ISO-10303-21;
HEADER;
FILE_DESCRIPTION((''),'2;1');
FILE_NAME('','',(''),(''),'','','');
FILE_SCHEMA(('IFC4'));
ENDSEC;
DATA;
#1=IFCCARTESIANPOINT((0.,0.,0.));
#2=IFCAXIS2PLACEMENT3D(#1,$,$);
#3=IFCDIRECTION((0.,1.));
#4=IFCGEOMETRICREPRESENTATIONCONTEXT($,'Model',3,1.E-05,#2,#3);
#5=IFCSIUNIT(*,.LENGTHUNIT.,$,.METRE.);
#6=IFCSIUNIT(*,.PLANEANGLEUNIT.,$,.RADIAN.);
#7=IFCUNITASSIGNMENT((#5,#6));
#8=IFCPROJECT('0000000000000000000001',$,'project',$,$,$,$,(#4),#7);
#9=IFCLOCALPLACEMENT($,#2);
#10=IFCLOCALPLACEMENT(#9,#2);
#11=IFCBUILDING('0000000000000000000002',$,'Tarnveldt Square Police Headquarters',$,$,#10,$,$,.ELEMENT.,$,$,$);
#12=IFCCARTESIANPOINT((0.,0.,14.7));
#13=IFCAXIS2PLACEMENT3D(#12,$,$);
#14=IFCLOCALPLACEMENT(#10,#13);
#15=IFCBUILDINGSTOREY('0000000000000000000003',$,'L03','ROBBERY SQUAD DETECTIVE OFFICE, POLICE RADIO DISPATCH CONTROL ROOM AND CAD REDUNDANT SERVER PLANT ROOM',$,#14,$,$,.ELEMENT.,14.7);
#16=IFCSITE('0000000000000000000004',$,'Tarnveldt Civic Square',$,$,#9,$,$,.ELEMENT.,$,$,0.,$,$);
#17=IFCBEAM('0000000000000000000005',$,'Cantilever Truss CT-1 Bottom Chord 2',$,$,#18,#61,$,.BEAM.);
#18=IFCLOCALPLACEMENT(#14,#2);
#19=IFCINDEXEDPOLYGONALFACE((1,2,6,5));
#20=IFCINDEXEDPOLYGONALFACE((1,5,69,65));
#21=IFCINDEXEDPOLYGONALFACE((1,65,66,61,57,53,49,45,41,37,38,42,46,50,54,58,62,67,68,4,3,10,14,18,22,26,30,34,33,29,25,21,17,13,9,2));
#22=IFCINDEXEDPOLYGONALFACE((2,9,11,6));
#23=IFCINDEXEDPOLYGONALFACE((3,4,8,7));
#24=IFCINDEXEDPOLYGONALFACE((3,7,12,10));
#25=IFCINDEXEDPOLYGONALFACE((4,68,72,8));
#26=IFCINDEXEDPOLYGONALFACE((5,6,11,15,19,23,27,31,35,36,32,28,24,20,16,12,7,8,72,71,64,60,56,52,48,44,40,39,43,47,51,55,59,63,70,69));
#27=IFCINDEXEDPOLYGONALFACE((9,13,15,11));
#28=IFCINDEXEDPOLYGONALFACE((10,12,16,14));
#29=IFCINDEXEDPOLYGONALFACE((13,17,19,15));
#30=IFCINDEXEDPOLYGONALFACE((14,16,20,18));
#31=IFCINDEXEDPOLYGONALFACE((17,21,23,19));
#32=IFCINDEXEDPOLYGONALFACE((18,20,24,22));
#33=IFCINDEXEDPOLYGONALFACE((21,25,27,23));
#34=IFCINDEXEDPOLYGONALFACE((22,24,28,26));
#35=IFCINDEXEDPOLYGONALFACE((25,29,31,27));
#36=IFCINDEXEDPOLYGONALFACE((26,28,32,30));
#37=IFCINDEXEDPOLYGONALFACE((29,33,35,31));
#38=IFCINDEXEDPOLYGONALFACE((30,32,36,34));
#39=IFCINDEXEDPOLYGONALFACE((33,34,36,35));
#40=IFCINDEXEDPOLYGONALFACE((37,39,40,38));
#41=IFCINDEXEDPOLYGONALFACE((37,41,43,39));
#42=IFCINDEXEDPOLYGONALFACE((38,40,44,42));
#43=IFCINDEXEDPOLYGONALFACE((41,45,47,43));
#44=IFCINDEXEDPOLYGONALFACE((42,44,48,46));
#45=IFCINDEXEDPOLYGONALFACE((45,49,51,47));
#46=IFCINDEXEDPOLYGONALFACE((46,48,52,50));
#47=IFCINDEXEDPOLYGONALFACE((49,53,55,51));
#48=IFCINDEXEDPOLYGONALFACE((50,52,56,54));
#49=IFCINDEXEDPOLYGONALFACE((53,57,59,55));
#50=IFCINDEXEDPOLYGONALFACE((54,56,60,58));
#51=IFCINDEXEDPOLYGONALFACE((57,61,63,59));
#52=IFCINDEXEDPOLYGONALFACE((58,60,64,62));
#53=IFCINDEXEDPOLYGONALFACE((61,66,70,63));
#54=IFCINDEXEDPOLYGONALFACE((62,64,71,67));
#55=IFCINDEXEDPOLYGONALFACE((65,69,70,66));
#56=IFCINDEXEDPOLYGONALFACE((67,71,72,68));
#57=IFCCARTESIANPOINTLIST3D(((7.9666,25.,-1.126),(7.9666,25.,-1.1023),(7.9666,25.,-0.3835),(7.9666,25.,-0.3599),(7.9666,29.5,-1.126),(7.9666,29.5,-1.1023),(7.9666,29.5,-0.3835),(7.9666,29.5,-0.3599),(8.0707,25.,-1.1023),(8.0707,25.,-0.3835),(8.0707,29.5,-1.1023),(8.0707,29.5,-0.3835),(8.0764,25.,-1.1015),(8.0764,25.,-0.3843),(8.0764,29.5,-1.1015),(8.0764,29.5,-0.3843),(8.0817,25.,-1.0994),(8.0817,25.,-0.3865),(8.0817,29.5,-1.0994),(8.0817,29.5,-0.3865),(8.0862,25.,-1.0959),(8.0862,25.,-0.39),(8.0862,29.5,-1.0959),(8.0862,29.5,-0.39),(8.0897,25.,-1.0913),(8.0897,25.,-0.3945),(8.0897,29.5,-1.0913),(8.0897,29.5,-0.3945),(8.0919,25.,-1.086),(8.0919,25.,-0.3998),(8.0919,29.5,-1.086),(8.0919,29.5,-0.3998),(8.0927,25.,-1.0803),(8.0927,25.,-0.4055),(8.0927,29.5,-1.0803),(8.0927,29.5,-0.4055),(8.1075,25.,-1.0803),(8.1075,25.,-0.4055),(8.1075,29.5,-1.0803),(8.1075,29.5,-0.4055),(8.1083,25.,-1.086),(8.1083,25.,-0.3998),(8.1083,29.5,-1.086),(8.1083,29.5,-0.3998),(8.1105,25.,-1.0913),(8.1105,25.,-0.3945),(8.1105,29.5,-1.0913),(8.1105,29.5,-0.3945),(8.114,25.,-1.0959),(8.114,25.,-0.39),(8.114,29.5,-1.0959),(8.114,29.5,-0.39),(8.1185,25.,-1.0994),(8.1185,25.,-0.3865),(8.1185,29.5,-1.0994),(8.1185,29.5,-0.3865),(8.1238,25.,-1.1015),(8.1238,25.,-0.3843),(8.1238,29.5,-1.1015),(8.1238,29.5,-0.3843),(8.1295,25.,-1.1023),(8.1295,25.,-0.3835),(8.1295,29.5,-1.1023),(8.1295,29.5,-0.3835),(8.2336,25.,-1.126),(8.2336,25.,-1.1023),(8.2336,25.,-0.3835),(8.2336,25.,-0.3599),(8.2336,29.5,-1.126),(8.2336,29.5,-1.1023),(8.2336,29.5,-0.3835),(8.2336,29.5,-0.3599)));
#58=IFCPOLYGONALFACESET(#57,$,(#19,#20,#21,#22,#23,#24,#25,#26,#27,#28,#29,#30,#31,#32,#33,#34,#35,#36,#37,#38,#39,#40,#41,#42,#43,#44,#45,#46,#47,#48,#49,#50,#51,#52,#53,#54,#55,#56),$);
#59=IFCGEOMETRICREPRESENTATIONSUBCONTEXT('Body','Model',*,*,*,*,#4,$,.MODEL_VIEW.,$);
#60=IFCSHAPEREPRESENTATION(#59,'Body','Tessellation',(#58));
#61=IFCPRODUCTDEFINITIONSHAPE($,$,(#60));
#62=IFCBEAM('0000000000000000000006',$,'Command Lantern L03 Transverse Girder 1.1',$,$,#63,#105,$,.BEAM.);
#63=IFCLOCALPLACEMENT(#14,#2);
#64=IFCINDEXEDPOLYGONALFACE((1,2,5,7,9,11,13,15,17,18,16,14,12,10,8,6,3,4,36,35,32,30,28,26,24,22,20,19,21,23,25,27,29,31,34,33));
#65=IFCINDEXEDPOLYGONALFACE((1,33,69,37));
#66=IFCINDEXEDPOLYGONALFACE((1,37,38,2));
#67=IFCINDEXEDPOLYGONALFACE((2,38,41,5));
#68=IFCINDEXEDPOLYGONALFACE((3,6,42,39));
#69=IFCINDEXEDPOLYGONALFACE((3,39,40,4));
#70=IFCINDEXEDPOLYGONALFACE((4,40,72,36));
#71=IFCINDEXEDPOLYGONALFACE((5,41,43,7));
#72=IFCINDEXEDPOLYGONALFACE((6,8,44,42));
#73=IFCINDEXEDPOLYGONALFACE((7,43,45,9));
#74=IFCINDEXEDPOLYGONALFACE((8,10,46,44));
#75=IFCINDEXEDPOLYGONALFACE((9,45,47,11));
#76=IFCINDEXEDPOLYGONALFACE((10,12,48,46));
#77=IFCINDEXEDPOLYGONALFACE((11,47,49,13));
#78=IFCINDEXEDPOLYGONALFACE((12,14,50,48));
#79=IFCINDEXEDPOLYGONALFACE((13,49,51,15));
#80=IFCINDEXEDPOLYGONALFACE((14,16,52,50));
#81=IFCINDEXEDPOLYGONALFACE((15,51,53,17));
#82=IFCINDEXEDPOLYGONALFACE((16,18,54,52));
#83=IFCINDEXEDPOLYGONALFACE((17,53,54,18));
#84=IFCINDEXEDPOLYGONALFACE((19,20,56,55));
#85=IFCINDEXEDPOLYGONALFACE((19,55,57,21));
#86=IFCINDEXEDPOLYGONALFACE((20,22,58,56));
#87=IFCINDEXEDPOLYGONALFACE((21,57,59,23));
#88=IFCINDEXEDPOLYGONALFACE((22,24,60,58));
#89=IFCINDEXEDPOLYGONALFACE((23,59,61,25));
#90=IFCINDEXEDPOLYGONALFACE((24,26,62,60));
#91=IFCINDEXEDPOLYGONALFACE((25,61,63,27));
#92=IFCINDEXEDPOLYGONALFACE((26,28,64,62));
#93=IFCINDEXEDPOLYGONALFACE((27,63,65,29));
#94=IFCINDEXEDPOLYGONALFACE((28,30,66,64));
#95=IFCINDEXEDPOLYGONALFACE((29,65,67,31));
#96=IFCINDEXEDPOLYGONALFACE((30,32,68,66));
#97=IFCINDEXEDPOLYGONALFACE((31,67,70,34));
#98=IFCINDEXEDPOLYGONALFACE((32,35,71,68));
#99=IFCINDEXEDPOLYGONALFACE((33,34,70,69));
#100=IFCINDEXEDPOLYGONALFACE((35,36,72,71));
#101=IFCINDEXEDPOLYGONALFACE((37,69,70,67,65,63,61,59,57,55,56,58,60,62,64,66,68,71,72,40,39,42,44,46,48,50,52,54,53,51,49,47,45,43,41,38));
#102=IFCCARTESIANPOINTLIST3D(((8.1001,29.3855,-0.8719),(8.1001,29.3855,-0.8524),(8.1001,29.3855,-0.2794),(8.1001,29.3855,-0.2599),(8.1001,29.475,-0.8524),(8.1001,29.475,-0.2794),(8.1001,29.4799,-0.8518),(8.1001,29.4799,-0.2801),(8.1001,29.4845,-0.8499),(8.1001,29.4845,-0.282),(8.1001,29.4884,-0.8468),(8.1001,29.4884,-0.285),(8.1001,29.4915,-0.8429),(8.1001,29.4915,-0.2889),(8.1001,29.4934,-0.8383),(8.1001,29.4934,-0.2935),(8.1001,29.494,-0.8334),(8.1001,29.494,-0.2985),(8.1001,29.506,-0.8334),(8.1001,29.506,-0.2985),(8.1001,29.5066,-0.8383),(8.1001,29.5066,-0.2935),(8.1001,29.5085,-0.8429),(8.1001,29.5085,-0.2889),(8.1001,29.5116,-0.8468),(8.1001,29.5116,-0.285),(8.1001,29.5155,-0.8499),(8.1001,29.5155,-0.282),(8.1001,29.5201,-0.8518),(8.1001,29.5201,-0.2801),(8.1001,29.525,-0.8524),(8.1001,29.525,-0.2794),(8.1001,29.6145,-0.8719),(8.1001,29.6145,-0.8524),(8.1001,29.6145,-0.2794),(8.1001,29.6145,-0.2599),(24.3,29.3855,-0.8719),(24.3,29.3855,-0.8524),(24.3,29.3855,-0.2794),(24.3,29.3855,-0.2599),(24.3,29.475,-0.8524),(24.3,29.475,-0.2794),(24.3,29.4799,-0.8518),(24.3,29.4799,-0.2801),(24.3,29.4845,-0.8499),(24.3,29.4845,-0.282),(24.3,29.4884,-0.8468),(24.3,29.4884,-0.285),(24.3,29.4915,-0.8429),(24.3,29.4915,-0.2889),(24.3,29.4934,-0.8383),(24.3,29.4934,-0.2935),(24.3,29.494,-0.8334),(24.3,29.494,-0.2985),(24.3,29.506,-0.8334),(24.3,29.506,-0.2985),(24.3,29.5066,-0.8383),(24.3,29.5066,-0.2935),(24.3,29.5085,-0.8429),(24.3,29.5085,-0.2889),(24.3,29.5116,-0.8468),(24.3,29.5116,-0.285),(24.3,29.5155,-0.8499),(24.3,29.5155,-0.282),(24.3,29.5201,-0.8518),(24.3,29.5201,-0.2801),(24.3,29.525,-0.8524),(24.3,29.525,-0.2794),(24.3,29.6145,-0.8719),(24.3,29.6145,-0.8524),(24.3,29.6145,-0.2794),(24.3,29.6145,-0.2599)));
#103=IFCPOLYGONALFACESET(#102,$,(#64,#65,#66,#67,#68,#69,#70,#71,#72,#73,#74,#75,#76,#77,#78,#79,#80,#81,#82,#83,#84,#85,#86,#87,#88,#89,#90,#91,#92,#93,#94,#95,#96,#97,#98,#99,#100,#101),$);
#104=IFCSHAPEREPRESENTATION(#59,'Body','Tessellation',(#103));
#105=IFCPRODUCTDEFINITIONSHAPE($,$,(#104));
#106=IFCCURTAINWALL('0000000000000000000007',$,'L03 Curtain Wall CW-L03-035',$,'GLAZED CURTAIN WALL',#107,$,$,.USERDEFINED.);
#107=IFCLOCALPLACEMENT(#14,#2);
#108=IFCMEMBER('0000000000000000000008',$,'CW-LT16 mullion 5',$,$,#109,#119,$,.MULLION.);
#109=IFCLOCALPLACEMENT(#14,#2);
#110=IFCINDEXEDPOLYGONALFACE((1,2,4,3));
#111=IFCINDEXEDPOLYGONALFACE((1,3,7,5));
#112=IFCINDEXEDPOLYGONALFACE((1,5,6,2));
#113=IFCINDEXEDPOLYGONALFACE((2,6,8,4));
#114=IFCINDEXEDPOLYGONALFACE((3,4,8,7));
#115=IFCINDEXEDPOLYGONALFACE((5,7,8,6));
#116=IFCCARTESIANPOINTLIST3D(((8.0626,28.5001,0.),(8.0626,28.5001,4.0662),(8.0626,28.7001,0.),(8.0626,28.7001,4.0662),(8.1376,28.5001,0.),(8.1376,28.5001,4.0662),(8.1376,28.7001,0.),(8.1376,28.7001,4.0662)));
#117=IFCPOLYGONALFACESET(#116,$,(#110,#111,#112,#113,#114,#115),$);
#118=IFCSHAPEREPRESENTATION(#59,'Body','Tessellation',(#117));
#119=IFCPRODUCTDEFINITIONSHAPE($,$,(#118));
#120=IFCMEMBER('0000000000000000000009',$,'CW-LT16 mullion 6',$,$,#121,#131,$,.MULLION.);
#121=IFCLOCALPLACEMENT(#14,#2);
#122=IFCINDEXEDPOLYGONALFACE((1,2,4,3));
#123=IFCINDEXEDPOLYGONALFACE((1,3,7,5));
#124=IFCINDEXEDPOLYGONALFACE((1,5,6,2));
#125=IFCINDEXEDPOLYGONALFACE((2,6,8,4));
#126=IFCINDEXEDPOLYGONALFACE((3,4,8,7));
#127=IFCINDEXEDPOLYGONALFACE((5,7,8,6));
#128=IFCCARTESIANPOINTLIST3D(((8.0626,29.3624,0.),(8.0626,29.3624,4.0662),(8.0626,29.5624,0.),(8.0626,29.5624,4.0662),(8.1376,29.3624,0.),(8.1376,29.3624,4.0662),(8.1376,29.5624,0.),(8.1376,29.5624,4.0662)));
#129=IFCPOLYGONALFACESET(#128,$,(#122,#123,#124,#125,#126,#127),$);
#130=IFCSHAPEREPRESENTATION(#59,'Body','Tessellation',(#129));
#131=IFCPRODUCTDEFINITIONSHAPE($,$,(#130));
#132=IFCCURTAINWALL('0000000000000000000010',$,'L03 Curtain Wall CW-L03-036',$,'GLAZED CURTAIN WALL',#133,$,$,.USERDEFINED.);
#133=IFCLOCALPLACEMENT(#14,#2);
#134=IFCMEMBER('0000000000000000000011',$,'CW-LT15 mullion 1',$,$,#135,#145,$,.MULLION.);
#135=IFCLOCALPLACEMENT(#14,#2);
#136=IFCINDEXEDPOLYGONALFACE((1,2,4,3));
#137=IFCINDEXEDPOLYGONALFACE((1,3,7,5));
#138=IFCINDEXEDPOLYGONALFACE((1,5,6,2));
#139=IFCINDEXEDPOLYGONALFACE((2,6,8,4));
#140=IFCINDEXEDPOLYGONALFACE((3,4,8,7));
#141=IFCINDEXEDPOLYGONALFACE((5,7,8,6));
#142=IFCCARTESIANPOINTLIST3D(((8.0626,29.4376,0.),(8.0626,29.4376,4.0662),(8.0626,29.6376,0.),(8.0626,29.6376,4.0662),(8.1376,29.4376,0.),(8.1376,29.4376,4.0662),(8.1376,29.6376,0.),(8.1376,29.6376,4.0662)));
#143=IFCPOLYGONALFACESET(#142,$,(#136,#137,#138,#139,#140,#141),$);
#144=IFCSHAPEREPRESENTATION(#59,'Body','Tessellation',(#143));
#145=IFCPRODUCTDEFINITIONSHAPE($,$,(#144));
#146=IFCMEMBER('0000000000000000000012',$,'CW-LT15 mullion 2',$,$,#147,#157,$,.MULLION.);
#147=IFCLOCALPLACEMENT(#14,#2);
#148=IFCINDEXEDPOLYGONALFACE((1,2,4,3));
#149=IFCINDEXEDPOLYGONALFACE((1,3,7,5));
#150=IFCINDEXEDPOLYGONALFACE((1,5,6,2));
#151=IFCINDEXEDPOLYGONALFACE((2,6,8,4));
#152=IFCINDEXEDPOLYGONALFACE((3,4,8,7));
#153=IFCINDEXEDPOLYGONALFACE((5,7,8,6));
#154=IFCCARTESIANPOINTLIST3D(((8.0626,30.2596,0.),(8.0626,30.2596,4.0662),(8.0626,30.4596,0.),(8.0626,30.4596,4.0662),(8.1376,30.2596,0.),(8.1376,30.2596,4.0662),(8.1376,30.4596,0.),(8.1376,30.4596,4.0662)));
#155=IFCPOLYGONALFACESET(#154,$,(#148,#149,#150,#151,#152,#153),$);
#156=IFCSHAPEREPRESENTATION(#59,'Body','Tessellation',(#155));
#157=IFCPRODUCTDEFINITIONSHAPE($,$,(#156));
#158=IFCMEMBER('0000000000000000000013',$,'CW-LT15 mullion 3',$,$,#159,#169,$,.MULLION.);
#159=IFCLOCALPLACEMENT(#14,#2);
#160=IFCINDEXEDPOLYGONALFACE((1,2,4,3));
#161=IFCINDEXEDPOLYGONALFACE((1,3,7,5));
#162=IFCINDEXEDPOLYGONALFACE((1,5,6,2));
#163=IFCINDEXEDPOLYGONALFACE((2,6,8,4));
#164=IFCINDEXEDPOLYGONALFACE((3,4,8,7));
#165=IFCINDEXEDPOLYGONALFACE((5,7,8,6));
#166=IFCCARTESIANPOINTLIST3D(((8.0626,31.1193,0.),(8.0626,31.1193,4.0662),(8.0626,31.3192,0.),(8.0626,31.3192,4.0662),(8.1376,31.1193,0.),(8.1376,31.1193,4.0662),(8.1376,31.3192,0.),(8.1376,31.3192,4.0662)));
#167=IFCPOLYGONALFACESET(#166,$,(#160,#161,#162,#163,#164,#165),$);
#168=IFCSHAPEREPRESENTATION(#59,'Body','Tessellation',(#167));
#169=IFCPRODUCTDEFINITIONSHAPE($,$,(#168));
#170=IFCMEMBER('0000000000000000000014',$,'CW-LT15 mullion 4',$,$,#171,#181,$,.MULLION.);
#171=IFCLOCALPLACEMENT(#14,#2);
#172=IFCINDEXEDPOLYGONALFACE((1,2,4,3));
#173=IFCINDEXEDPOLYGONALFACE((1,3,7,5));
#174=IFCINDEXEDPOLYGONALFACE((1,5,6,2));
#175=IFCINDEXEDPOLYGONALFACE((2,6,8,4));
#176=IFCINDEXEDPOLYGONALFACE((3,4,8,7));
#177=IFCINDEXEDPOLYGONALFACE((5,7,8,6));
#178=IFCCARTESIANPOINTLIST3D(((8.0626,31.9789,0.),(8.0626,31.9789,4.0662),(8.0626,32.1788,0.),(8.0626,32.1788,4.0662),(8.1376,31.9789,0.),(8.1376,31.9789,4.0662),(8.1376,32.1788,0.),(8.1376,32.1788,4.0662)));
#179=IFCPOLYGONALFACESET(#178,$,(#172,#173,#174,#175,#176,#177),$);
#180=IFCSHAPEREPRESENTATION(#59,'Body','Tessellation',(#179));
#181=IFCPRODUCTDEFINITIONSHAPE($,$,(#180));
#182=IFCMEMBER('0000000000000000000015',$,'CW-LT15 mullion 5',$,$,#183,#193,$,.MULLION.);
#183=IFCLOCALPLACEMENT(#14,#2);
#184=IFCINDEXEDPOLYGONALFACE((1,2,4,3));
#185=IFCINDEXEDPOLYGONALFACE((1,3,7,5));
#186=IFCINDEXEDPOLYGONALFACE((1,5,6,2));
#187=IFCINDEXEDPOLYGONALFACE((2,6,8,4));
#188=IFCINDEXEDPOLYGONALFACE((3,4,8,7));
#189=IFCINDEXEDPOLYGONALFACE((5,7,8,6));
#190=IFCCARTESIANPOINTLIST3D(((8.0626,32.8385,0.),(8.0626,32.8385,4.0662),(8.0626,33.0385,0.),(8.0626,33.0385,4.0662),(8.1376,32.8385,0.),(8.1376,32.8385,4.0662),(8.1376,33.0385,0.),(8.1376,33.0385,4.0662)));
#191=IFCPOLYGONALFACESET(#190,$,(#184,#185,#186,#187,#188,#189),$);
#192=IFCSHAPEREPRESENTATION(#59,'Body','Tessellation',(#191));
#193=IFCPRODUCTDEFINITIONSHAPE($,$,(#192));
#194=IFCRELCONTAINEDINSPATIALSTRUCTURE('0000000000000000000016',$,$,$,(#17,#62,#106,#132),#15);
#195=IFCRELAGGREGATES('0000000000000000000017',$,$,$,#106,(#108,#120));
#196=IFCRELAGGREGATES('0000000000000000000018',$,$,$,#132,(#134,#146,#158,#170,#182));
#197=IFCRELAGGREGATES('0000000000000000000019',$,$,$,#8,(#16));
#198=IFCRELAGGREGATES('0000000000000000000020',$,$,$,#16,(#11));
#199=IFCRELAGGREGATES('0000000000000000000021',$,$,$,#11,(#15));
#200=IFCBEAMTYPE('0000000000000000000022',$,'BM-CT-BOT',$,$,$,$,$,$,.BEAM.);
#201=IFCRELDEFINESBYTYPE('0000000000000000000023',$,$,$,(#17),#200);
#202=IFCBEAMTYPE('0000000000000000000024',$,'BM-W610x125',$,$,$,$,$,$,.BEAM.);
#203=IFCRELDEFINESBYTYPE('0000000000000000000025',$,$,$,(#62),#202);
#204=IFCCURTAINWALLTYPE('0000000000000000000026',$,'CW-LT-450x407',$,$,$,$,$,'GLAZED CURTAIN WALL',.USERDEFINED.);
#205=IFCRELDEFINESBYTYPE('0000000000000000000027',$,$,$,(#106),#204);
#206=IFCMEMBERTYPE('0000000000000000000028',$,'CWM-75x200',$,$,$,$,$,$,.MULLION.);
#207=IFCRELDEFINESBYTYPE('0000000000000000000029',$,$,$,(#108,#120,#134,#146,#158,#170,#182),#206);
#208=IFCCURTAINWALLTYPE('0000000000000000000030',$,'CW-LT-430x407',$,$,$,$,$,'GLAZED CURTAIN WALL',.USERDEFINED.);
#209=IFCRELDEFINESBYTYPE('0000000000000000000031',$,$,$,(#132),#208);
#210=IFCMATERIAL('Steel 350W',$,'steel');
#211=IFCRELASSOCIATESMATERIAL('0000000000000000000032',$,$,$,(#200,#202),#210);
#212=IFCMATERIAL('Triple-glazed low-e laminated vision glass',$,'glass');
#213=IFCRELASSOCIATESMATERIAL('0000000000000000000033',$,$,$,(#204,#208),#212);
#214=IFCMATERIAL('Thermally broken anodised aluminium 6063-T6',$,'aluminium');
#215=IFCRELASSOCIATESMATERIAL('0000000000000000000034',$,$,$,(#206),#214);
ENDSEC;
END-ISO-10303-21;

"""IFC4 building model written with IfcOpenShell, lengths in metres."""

from ifc_helpers import new_model, si_unit, direction, frame, origin, origin_2d, place, context, subcontext, project, spatial, rectangle, i_section, extrude, material, material_profile, profile_set, type_object, element, aggregate, save


model = new_model("IFC4")

# Units and contexts
model_context = context("Model", 3, precision=1e-05, world=origin(), true_north=direction((0.0, 1.0)))
body_context = subcontext(model_context, "Body", "Model", "MODEL_VIEW")
ifc_project = project(units=[si_unit("LENGTHUNIT", "METRE"), si_unit("PLANEANGLEUNIT", "RADIAN")], contexts=[model_context])

# Site, building, storey
site_placement = place(None, origin())
site = spatial("IfcSite", under=ifc_project, at=site_placement, Name="Tarnveldt Civic Square", CompositionType="ELEMENT", RefElevation=0.0)
building_placement = place(site_placement, origin())
building = spatial("IfcBuilding", under=site, at=building_placement, Name="Tarnveldt Square Police Headquarters", CompositionType="ELEMENT")
storey_placement = place(building_placement, frame((0.0, 0.0, 14.7)))
storey = spatial("IfcBuildingStorey", under=building, at=storey_placement, Name="L03", Description="ROBBERY SQUAD DETECTIVE OFFICE, POLICE RADIO DISPATCH CONTROL ROOM AND CAD REDUNDANT SERVER PLANT ROOM", CompositionType="ELEMENT", Elevation=14.7)

# Beams
ifc_material_1 = material(Name="Steel 350W", Category="steel")
ifc_material_profile_1 = material_profile(ifc_material_1, i_section(OverallWidth=0.2671, OverallDepth=0.7661, WebThickness=0.0149, FlangeThickness=0.0237, FilletRadius=0.022, at=origin_2d()), Name="W760x185")
ifc_profile_set_1 = profile_set([ifc_material_profile_1], Name="Steel 350W")
beam_type_1 = type_object("IfcBeamType", Name="BM-CT-BOT", PredefinedType="BEAM", material=ifc_profile_set_1)
beam_1_placement = place(storey_placement, frame((8.1001, 29.5, -0.7429), z_axis=(0.0, -1.0, 0.0), x_axis=(1.0, 0.0, 0.0)))
element("IfcBeam", 1, at=beam_1_placement, inside=storey, type_object=beam_type_1, Name="Cantilever Truss CT-1 Bottom Chord 2", PredefinedType="BEAM", context=body_context, shape_type="SweptSolid", body=[
    extrude(i_section(OverallWidth=0.2671, OverallDepth=0.7661, WebThickness=0.0149, FlangeThickness=0.0237, FilletRadius=0.022, at=origin_2d()), origin(), (0.0, 0.0, 1.0), 4.5),
])
ifc_material_profile_2 = material_profile(ifc_material_1, i_section(OverallWidth=0.229, OverallDepth=0.6121, WebThickness=0.012, FlangeThickness=0.0195, FilletRadius=0.019, at=origin_2d()), Name="W610x125")
ifc_profile_set_2 = profile_set([ifc_material_profile_2], Name="Steel 350W")
beam_type_2 = type_object("IfcBeamType", Name="BM-W610x125", PredefinedType="BEAM", material=ifc_profile_set_2)
beam_2_placement = place(storey_placement, frame((8.1001, 29.5, -0.5659), z_axis=(1.0, 0.0, 0.0), x_axis=(0.0, 1.0, 0.0)))
element("IfcBeam", 2, at=beam_2_placement, inside=storey, type_object=beam_type_2, Name="Command Lantern L03 Transverse Girder 1.1", PredefinedType="BEAM", context=body_context, shape_type="SweptSolid", body=[
    extrude(i_section(OverallWidth=0.229, OverallDepth=0.6121, WebThickness=0.012, FlangeThickness=0.0195, FilletRadius=0.019, at=origin_2d()), origin(), (0.0, 0.0, 1.0), 16.2),
])

# Curtain walls, members
ifc_material_2 = material(Name="Triple-glazed low-e laminated vision glass", Category="glass")
curtain_wall_type_1 = type_object("IfcCurtainWallType", Name="CW-LT-450x407", ElementType="GLAZED CURTAIN WALL", PredefinedType="USERDEFINED", material=ifc_material_2)
curtain_wall_1_placement = place(storey_placement, origin())
curtain_wall_1 = element("IfcCurtainWall", 3, at=curtain_wall_1_placement, inside=storey, type_object=curtain_wall_type_1, Name="L03 Curtain Wall CW-L03-035", ObjectType="GLAZED CURTAIN WALL", PredefinedType="USERDEFINED")
ifc_material_3 = material(Name="Thermally broken anodised aluminium 6063-T6", Category="aluminium")
ifc_material_profile_3 = material_profile(ifc_material_3, rectangle(XDim=0.075, YDim=0.2, at=origin_2d()), Name="CW-M75x200")
ifc_profile_set_3 = profile_set([ifc_material_profile_3], Name="Thermally broken anodised aluminium 6063-T6")
member_type_1 = type_object("IfcMemberType", Name="CWM-75x200", PredefinedType="MULLION", material=ifc_profile_set_3)
member_1_placement = place(storey_placement, frame((8.1001, 28.6001, 0.0), z_axis=(0.0, 0.0, 1.0), x_axis=(-1.0, 0.0, 0.0)))
member_1 = element("IfcMember", 4, at=member_1_placement, type_object=member_type_1, Name="CW-LT16 mullion 5", PredefinedType="MULLION", context=body_context, shape_type="SweptSolid", body=[
    extrude(rectangle(XDim=0.075, YDim=0.2, at=origin_2d()), origin(), (0.0, 0.0, 1.0), 4.0662),
])
member_2_placement = place(storey_placement, frame((8.1001, 29.4624, 0.0), z_axis=(0.0, 0.0, 1.0), x_axis=(-1.0, 0.0, 0.0)))
member_2 = element("IfcMember", 5, at=member_2_placement, type_object=member_type_1, Name="CW-LT16 mullion 6", PredefinedType="MULLION", context=body_context, shape_type="SweptSolid", body=[
    extrude(rectangle(XDim=0.075, YDim=0.2, at=origin_2d()), origin(), (0.0, 0.0, 1.0), 4.0662),
])
curtain_wall_type_2 = type_object("IfcCurtainWallType", Name="CW-LT-430x407", ElementType="GLAZED CURTAIN WALL", PredefinedType="USERDEFINED", material=ifc_material_2)
curtain_wall_2_placement = place(storey_placement, origin())
curtain_wall_2 = element("IfcCurtainWall", 6, at=curtain_wall_2_placement, inside=storey, type_object=curtain_wall_type_2, Name="L03 Curtain Wall CW-L03-036", ObjectType="GLAZED CURTAIN WALL", PredefinedType="USERDEFINED")
member_3_placement = place(storey_placement, frame((8.1001, 29.5376, 0.0), z_axis=(0.0, 0.0, 1.0), x_axis=(-1.0, 0.0, 0.0)))
member_3 = element("IfcMember", 7, at=member_3_placement, type_object=member_type_1, Name="CW-LT15 mullion 1", PredefinedType="MULLION", context=body_context, shape_type="SweptSolid", body=[
    extrude(rectangle(XDim=0.075, YDim=0.2, at=origin_2d()), origin(), (0.0, 0.0, 1.0), 4.0662),
])
member_4_placement = place(storey_placement, frame((8.1001, 30.3596, 0.0), z_axis=(0.0, 0.0, 1.0), x_axis=(-1.0, 0.0, 0.0)))
member_4 = element("IfcMember", 8, at=member_4_placement, type_object=member_type_1, Name="CW-LT15 mullion 2", PredefinedType="MULLION", context=body_context, shape_type="SweptSolid", body=[
    extrude(rectangle(XDim=0.075, YDim=0.2, at=origin_2d()), origin(), (0.0, 0.0, 1.0), 4.0662),
])
member_5_placement = place(storey_placement, frame((8.1001, 31.2192, 0.0), z_axis=(0.0, 0.0, 1.0), x_axis=(-1.0, 0.0, 0.0)))
member_5 = element("IfcMember", 9, at=member_5_placement, type_object=member_type_1, Name="CW-LT15 mullion 3", PredefinedType="MULLION", context=body_context, shape_type="SweptSolid", body=[
    extrude(rectangle(XDim=0.075, YDim=0.2, at=origin_2d()), origin(), (0.0, 0.0, 1.0), 4.0662),
])
member_6_placement = place(storey_placement, frame((8.1001, 32.0789, 0.0), z_axis=(0.0, 0.0, 1.0), x_axis=(-1.0, 0.0, 0.0)))
member_6 = element("IfcMember", 10, at=member_6_placement, type_object=member_type_1, Name="CW-LT15 mullion 4", PredefinedType="MULLION", context=body_context, shape_type="SweptSolid", body=[
    extrude(rectangle(XDim=0.075, YDim=0.2, at=origin_2d()), origin(), (0.0, 0.0, 1.0), 4.0662),
])
member_7_placement = place(storey_placement, frame((8.1001, 32.9385, 0.0), z_axis=(0.0, 0.0, 1.0), x_axis=(-1.0, 0.0, 0.0)))
member_7 = element("IfcMember", 11, at=member_7_placement, type_object=member_type_1, Name="CW-LT15 mullion 5", PredefinedType="MULLION", context=body_context, shape_type="SweptSolid", body=[
    extrude(rectangle(XDim=0.075, YDim=0.2, at=origin_2d()), origin(), (0.0, 0.0, 1.0), 4.0662),
])

aggregate(curtain_wall_1, [member_1, member_2])
aggregate(curtain_wall_2, [member_3, member_4, member_5, member_6, member_7])

save(model, "model.ifc")
